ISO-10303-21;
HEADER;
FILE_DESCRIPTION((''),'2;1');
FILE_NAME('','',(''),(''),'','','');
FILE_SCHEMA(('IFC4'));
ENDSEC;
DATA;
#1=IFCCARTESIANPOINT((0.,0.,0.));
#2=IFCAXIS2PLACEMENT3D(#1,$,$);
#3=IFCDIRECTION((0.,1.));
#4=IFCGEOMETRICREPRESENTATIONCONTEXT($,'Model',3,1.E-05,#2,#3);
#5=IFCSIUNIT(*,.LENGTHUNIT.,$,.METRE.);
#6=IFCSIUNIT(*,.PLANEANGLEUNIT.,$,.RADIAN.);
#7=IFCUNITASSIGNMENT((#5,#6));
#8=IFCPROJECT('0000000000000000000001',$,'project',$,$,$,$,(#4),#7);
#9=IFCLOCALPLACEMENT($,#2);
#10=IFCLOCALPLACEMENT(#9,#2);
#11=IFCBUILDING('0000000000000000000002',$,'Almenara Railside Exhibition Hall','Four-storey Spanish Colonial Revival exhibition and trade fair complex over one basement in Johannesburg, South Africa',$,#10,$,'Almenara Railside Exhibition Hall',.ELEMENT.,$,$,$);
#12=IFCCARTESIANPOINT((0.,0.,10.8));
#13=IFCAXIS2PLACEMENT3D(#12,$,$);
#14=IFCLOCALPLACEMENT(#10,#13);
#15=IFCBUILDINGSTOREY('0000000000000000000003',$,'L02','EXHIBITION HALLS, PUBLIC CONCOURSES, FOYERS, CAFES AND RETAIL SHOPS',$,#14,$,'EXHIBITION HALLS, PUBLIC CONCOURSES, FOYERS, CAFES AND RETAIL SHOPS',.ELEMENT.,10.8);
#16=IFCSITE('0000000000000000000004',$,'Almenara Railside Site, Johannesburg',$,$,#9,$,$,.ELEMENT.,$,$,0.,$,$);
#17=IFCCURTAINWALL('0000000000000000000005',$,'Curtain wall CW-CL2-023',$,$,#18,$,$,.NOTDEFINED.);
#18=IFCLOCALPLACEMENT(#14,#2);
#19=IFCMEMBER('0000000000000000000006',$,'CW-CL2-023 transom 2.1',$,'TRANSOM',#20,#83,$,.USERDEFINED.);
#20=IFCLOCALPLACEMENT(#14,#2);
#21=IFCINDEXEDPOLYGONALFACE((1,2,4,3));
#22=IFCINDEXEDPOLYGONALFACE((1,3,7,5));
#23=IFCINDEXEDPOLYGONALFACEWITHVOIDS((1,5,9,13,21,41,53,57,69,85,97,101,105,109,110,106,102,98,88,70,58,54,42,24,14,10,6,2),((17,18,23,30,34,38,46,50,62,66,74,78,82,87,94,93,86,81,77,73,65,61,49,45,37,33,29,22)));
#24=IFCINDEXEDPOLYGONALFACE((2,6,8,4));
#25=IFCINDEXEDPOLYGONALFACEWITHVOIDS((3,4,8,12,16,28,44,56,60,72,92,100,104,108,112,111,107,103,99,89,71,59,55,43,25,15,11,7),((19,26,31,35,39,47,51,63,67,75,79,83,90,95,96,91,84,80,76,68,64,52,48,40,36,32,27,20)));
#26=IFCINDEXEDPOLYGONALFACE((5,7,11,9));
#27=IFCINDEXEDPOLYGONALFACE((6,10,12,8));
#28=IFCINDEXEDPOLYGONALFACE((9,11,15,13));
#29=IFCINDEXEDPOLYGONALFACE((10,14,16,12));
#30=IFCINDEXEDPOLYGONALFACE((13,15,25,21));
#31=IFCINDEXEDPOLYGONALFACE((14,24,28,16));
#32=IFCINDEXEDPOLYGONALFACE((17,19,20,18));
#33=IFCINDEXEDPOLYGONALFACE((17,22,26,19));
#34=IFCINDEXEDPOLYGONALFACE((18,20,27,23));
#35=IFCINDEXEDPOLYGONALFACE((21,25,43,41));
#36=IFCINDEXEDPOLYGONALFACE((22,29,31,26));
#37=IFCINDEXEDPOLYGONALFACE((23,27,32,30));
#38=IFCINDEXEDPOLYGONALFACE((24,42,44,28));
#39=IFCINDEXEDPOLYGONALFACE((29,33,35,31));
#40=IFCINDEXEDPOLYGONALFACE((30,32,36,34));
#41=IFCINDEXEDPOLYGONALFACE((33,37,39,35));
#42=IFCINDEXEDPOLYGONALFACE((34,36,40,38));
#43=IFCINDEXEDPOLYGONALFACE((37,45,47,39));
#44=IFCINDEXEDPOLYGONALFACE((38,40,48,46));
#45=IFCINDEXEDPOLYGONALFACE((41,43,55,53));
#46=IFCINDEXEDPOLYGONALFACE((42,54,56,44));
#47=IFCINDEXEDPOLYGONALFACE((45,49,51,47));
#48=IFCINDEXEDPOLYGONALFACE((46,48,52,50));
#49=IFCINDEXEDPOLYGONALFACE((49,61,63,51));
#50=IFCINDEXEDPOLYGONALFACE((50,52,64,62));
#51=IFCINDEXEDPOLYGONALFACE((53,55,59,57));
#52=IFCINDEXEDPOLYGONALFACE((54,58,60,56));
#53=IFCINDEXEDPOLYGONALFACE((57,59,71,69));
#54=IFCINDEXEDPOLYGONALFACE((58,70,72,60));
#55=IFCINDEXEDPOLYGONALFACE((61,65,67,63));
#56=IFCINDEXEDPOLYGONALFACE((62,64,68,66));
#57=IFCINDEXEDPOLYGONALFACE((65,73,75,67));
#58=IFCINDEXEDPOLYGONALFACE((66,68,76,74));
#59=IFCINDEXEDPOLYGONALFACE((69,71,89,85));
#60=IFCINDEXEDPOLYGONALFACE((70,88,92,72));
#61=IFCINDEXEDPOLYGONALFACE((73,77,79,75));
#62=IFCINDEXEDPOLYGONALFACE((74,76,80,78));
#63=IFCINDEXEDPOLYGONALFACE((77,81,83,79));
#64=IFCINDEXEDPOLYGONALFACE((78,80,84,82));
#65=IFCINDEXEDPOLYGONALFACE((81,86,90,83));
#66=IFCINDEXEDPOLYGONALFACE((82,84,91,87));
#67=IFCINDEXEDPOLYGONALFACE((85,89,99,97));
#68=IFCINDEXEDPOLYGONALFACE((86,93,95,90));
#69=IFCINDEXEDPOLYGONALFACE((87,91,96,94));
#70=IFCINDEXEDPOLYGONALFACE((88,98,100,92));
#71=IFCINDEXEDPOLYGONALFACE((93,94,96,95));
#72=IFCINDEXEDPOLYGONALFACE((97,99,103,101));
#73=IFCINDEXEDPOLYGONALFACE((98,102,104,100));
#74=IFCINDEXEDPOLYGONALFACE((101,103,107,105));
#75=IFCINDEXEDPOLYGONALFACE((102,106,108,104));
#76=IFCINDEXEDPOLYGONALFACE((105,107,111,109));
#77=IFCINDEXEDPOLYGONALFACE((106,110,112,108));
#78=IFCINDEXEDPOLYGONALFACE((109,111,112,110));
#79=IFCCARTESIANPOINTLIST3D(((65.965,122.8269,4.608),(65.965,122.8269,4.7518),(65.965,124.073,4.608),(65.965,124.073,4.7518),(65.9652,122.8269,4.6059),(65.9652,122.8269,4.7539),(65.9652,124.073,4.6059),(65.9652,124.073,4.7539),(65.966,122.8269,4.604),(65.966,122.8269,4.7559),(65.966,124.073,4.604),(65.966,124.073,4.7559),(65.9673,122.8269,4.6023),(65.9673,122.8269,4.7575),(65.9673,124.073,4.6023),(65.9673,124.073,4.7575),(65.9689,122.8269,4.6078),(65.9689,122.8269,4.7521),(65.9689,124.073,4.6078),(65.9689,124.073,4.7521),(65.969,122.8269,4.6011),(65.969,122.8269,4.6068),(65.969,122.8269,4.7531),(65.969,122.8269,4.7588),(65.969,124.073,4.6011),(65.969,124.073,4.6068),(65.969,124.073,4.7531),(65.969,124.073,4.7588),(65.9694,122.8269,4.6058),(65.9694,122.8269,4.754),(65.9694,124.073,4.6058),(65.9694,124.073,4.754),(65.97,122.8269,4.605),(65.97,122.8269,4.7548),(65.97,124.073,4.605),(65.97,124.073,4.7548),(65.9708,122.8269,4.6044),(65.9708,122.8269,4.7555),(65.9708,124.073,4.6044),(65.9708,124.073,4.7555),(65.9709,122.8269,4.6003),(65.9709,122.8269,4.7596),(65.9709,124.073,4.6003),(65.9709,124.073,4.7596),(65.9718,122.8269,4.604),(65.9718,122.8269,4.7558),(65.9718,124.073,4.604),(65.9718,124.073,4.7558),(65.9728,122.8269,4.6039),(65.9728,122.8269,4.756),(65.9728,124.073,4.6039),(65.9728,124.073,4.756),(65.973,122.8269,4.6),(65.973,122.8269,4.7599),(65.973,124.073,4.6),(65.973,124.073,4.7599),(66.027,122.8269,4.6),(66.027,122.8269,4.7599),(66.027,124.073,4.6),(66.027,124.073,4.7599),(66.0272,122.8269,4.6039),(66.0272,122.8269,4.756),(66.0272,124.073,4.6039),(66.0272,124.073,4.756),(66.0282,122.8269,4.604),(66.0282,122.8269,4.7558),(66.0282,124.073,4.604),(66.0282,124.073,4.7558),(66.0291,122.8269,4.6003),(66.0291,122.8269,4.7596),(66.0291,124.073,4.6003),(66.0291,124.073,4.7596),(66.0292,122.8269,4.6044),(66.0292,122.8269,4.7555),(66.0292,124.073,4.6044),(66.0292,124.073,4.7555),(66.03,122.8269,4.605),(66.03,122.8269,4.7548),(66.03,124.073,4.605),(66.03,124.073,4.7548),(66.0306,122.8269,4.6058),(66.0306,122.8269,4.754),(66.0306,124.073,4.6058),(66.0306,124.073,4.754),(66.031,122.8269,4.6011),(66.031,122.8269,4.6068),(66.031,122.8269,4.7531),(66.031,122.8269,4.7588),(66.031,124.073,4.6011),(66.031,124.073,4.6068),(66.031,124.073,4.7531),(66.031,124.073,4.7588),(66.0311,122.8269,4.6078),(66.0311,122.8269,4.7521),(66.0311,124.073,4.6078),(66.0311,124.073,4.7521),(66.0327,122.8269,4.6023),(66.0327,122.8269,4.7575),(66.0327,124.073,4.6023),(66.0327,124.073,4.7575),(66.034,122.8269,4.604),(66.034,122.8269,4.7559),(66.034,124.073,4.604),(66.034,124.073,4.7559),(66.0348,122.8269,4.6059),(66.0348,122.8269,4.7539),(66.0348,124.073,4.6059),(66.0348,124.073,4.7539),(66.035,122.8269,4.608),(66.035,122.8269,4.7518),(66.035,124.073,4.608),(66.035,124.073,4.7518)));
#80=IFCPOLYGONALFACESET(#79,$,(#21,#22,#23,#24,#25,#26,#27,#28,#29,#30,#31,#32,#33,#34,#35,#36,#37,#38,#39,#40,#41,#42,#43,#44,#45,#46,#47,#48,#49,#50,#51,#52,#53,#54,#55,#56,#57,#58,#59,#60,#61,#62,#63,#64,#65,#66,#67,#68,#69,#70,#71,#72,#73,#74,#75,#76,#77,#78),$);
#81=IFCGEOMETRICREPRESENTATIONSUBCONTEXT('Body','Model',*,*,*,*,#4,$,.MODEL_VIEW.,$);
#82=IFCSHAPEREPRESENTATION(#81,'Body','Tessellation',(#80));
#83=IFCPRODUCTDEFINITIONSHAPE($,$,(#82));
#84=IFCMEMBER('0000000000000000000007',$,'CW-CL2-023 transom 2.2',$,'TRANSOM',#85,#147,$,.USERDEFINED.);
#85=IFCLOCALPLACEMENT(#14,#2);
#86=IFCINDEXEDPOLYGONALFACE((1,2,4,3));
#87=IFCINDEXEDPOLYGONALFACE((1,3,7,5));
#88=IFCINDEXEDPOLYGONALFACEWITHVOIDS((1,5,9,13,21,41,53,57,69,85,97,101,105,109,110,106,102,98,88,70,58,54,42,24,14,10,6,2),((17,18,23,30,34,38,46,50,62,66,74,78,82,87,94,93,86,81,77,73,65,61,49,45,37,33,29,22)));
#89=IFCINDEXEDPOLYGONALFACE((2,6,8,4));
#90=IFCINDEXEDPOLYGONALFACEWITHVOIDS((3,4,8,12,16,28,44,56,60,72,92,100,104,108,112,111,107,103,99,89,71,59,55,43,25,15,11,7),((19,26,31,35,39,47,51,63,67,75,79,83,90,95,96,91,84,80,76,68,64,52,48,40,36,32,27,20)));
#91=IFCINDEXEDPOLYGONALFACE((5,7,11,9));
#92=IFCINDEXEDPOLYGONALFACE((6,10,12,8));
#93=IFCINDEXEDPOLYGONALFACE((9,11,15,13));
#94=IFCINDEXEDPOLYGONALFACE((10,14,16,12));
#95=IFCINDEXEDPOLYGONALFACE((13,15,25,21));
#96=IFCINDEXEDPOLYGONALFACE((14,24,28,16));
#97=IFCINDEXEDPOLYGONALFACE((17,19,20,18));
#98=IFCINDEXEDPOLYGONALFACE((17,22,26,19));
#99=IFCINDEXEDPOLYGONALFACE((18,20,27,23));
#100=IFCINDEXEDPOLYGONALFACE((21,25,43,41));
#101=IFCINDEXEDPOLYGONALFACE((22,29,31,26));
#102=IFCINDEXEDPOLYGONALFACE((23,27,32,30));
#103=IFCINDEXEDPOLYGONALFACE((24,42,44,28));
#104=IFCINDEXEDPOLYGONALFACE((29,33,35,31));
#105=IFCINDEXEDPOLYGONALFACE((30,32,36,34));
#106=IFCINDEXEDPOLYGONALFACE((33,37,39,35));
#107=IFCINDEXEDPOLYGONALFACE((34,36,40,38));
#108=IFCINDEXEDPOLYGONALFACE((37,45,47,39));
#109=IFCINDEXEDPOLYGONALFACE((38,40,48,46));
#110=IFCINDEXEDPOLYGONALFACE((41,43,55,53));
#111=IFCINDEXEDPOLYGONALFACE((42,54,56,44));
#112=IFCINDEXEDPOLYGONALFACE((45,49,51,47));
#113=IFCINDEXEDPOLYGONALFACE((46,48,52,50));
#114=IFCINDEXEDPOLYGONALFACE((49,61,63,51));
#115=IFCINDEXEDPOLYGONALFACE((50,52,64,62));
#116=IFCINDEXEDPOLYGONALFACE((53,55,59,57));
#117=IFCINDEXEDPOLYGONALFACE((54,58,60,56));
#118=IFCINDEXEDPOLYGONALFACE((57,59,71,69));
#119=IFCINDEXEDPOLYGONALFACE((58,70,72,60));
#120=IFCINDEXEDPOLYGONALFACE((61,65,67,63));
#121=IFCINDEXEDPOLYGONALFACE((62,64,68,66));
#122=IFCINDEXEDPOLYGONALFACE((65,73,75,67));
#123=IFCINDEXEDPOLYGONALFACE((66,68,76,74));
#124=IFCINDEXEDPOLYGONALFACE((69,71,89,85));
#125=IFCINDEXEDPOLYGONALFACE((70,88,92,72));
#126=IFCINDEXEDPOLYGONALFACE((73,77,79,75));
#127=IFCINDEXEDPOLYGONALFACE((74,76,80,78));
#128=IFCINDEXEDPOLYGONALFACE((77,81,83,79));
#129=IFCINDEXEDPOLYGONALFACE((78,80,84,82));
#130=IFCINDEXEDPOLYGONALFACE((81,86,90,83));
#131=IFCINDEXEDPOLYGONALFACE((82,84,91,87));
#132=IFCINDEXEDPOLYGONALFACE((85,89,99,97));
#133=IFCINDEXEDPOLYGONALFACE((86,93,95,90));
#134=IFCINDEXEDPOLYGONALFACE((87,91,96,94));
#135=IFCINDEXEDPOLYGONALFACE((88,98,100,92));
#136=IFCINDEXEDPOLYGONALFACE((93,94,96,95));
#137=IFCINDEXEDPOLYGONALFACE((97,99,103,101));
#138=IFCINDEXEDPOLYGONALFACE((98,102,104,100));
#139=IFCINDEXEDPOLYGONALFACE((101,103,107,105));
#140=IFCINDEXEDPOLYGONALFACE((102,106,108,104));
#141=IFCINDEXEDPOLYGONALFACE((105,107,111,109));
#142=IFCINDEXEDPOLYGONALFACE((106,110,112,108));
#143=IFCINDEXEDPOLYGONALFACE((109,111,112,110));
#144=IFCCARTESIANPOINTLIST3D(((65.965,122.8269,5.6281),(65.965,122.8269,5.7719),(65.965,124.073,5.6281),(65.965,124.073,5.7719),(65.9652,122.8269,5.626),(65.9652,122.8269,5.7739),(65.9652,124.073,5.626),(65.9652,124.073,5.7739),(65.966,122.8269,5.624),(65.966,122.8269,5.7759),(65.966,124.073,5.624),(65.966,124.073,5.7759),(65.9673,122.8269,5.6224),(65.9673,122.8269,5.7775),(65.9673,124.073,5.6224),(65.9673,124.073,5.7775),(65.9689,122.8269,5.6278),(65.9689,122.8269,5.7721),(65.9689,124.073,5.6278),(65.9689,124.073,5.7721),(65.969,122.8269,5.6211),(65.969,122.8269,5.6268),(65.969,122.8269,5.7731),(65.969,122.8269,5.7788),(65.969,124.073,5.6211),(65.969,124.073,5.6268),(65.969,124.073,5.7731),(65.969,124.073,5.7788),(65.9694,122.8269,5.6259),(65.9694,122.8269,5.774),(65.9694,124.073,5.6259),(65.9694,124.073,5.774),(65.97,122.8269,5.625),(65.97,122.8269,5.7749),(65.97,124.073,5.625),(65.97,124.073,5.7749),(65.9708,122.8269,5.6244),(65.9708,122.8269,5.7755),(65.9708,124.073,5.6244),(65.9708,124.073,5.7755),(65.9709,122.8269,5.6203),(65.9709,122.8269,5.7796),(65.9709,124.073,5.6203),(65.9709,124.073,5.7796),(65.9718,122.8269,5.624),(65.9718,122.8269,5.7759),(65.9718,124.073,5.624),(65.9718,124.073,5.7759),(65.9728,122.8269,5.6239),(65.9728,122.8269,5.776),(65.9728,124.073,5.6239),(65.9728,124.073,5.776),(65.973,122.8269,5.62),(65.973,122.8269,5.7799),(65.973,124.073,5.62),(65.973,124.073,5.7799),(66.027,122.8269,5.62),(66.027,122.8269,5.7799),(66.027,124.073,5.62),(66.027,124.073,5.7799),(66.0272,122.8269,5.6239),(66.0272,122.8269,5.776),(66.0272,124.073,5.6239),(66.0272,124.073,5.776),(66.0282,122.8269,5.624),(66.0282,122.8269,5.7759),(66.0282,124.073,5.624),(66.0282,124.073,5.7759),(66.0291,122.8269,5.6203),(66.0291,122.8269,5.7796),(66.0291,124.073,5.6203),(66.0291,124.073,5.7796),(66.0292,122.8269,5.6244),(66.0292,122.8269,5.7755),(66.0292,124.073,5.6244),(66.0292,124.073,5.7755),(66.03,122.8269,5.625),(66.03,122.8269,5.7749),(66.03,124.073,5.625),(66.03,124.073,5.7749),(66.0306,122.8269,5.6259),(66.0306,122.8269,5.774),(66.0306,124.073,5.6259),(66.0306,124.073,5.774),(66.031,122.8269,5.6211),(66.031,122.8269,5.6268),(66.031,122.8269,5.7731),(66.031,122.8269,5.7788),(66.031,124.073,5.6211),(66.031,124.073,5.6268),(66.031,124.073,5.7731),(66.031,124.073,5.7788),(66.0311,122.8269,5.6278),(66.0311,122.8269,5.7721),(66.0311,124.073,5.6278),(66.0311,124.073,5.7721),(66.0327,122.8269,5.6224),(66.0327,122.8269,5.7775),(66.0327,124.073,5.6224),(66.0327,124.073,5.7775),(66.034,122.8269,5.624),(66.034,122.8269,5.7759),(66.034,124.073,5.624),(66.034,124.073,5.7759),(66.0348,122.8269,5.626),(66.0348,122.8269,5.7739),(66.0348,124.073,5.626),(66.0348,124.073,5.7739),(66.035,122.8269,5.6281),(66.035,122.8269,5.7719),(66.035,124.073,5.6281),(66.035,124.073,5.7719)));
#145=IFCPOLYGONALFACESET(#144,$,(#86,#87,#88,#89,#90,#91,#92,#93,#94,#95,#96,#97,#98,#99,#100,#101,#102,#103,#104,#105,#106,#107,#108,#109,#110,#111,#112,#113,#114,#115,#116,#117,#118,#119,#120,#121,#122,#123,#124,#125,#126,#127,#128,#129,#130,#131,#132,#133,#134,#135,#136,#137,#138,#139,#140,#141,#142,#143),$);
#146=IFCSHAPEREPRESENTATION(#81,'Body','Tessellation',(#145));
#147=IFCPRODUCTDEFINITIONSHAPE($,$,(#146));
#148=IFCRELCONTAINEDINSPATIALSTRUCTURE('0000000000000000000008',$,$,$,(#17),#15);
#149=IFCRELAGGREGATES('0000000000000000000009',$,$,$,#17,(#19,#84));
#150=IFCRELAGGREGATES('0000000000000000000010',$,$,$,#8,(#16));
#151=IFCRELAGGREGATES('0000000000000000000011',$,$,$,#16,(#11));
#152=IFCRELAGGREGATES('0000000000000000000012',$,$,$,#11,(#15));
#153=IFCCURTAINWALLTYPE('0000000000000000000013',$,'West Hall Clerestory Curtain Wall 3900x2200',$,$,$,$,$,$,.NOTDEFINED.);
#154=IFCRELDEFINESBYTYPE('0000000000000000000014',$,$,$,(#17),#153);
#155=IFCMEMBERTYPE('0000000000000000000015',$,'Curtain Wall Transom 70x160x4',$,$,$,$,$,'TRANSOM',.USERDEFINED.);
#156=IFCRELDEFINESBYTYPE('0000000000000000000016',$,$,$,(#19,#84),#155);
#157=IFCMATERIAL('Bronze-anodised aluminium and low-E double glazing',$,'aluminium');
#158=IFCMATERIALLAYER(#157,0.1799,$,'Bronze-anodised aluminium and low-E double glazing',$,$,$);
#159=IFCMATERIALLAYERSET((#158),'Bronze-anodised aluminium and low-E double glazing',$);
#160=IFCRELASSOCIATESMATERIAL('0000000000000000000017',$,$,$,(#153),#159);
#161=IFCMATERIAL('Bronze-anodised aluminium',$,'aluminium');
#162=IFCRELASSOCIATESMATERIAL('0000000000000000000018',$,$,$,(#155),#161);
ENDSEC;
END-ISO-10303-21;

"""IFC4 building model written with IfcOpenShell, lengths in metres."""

from ifc_helpers import new_model, si_unit, direction, frame, origin, origin_2d, place, context, subcontext, project, spatial, hollow_rectangle, extrude, material, layer, layer_set, material_profile, profile_set, type_object, element, aggregate, save


model = new_model("IFC4")

# Units and contexts
model_context = context("Model", 3, precision=1e-05, world=origin(), true_north=direction((0.0, 1.0)))
body_context = subcontext(model_context, "Body", "Model", "MODEL_VIEW")
ifc_project = project(units=[si_unit("LENGTHUNIT", "METRE"), si_unit("PLANEANGLEUNIT", "RADIAN")], contexts=[model_context])

# Site, building, storey
site_placement = place(None, origin())
site = spatial("IfcSite", under=ifc_project, at=site_placement, Name="Almenara Railside Site, Johannesburg", CompositionType="ELEMENT", RefElevation=0.0)
building_placement = place(site_placement, origin())
building = spatial("IfcBuilding", under=site, at=building_placement, Name="Almenara Railside Exhibition Hall", Description="Four-storey Spanish Colonial Revival exhibition and trade fair complex over one basement in Johannesburg, South Africa", LongName="Almenara Railside Exhibition Hall", CompositionType="ELEMENT")
storey_placement = place(building_placement, frame((0.0, 0.0, 10.8)))
storey = spatial("IfcBuildingStorey", under=building, at=storey_placement, Name="L02", Description="EXHIBITION HALLS, PUBLIC CONCOURSES, FOYERS, CAFES AND RETAIL SHOPS", LongName="EXHIBITION HALLS, PUBLIC CONCOURSES, FOYERS, CAFES AND RETAIL SHOPS", CompositionType="ELEMENT", Elevation=10.8)

# Curtain wall
ifc_material_1 = material(Name="Bronze-anodised aluminium and low-E double glazing", Category="aluminium")
ifc_layer_1 = layer(ifc_material_1, 0.1799, Name="Bronze-anodised aluminium and low-E double glazing")
ifc_layer_set_1 = layer_set([ifc_layer_1], Name="Bronze-anodised aluminium and low-E double glazing")
curtain_wall_type = type_object("IfcCurtainWallType", Name="West Hall Clerestory Curtain Wall 3900x2200", PredefinedType="NOTDEFINED", material=ifc_layer_set_1)
ifc_material_2 = material(Name="Bronze-anodised aluminium", Category="aluminium")
curtain_wall_1_placement = place(storey_placement, origin())
curtain_wall_1 = element("IfcCurtainWall", 1, at=curtain_wall_1_placement, inside=storey, type_object=curtain_wall_type, Name="Curtain wall CW-CL2-023", PredefinedType="NOTDEFINED")

# Members
ifc_material_profile_1 = material_profile(ifc_material_2, hollow_rectangle(XDim=0.0701, YDim=0.1599, WallThickness=0.0039, InnerFilletRadius=0.0039, OuterFilletRadius=0.0081, at=origin_2d()), Name="ALU-TRN 70x160x4")
ifc_profile_set_1 = profile_set([ifc_material_profile_1], Name="Bronze-anodised aluminium")
member_type_1 = type_object("IfcMemberType", Name="Curtain Wall Transom 70x160x4", ElementType="TRANSOM", PredefinedType="USERDEFINED", material=ifc_profile_set_1)
member_1_placement = place(storey_placement, frame((66.0, 122.8269, 4.6799), z_axis=(0.0, 1.0, 0.0), x_axis=(-1.0, 0.0, 0.0)))
member_1 = element("IfcMember", 2, at=member_1_placement, type_object=member_type_1, Name="CW-CL2-023 transom 2.1", ObjectType="TRANSOM", PredefinedType="USERDEFINED", context=body_context, shape_type="SweptSolid", body=[
    extrude(hollow_rectangle(XDim=0.0701, YDim=0.1599, WallThickness=0.0039, InnerFilletRadius=0.0039, OuterFilletRadius=0.0081, at=origin_2d()), origin(), (0.0, 0.0, 1.0), 1.2461),
])
member_2_placement = place(storey_placement, frame((66.0, 122.8269, 5.7), z_axis=(0.0, 1.0, 0.0), x_axis=(-1.0, 0.0, 0.0)))
member_2 = element("IfcMember", 3, at=member_2_placement, type_object=member_type_1, Name="CW-CL2-023 transom 2.2", ObjectType="TRANSOM", PredefinedType="USERDEFINED", context=body_context, shape_type="SweptSolid", body=[
    extrude(hollow_rectangle(XDim=0.0701, YDim=0.1599, WallThickness=0.0039, InnerFilletRadius=0.0039, OuterFilletRadius=0.0081, at=origin_2d()), origin(), (0.0, 0.0, 1.0), 1.2461),
])

aggregate(curtain_wall_1, [member_1, member_2])

save(model, "model.ifc")
